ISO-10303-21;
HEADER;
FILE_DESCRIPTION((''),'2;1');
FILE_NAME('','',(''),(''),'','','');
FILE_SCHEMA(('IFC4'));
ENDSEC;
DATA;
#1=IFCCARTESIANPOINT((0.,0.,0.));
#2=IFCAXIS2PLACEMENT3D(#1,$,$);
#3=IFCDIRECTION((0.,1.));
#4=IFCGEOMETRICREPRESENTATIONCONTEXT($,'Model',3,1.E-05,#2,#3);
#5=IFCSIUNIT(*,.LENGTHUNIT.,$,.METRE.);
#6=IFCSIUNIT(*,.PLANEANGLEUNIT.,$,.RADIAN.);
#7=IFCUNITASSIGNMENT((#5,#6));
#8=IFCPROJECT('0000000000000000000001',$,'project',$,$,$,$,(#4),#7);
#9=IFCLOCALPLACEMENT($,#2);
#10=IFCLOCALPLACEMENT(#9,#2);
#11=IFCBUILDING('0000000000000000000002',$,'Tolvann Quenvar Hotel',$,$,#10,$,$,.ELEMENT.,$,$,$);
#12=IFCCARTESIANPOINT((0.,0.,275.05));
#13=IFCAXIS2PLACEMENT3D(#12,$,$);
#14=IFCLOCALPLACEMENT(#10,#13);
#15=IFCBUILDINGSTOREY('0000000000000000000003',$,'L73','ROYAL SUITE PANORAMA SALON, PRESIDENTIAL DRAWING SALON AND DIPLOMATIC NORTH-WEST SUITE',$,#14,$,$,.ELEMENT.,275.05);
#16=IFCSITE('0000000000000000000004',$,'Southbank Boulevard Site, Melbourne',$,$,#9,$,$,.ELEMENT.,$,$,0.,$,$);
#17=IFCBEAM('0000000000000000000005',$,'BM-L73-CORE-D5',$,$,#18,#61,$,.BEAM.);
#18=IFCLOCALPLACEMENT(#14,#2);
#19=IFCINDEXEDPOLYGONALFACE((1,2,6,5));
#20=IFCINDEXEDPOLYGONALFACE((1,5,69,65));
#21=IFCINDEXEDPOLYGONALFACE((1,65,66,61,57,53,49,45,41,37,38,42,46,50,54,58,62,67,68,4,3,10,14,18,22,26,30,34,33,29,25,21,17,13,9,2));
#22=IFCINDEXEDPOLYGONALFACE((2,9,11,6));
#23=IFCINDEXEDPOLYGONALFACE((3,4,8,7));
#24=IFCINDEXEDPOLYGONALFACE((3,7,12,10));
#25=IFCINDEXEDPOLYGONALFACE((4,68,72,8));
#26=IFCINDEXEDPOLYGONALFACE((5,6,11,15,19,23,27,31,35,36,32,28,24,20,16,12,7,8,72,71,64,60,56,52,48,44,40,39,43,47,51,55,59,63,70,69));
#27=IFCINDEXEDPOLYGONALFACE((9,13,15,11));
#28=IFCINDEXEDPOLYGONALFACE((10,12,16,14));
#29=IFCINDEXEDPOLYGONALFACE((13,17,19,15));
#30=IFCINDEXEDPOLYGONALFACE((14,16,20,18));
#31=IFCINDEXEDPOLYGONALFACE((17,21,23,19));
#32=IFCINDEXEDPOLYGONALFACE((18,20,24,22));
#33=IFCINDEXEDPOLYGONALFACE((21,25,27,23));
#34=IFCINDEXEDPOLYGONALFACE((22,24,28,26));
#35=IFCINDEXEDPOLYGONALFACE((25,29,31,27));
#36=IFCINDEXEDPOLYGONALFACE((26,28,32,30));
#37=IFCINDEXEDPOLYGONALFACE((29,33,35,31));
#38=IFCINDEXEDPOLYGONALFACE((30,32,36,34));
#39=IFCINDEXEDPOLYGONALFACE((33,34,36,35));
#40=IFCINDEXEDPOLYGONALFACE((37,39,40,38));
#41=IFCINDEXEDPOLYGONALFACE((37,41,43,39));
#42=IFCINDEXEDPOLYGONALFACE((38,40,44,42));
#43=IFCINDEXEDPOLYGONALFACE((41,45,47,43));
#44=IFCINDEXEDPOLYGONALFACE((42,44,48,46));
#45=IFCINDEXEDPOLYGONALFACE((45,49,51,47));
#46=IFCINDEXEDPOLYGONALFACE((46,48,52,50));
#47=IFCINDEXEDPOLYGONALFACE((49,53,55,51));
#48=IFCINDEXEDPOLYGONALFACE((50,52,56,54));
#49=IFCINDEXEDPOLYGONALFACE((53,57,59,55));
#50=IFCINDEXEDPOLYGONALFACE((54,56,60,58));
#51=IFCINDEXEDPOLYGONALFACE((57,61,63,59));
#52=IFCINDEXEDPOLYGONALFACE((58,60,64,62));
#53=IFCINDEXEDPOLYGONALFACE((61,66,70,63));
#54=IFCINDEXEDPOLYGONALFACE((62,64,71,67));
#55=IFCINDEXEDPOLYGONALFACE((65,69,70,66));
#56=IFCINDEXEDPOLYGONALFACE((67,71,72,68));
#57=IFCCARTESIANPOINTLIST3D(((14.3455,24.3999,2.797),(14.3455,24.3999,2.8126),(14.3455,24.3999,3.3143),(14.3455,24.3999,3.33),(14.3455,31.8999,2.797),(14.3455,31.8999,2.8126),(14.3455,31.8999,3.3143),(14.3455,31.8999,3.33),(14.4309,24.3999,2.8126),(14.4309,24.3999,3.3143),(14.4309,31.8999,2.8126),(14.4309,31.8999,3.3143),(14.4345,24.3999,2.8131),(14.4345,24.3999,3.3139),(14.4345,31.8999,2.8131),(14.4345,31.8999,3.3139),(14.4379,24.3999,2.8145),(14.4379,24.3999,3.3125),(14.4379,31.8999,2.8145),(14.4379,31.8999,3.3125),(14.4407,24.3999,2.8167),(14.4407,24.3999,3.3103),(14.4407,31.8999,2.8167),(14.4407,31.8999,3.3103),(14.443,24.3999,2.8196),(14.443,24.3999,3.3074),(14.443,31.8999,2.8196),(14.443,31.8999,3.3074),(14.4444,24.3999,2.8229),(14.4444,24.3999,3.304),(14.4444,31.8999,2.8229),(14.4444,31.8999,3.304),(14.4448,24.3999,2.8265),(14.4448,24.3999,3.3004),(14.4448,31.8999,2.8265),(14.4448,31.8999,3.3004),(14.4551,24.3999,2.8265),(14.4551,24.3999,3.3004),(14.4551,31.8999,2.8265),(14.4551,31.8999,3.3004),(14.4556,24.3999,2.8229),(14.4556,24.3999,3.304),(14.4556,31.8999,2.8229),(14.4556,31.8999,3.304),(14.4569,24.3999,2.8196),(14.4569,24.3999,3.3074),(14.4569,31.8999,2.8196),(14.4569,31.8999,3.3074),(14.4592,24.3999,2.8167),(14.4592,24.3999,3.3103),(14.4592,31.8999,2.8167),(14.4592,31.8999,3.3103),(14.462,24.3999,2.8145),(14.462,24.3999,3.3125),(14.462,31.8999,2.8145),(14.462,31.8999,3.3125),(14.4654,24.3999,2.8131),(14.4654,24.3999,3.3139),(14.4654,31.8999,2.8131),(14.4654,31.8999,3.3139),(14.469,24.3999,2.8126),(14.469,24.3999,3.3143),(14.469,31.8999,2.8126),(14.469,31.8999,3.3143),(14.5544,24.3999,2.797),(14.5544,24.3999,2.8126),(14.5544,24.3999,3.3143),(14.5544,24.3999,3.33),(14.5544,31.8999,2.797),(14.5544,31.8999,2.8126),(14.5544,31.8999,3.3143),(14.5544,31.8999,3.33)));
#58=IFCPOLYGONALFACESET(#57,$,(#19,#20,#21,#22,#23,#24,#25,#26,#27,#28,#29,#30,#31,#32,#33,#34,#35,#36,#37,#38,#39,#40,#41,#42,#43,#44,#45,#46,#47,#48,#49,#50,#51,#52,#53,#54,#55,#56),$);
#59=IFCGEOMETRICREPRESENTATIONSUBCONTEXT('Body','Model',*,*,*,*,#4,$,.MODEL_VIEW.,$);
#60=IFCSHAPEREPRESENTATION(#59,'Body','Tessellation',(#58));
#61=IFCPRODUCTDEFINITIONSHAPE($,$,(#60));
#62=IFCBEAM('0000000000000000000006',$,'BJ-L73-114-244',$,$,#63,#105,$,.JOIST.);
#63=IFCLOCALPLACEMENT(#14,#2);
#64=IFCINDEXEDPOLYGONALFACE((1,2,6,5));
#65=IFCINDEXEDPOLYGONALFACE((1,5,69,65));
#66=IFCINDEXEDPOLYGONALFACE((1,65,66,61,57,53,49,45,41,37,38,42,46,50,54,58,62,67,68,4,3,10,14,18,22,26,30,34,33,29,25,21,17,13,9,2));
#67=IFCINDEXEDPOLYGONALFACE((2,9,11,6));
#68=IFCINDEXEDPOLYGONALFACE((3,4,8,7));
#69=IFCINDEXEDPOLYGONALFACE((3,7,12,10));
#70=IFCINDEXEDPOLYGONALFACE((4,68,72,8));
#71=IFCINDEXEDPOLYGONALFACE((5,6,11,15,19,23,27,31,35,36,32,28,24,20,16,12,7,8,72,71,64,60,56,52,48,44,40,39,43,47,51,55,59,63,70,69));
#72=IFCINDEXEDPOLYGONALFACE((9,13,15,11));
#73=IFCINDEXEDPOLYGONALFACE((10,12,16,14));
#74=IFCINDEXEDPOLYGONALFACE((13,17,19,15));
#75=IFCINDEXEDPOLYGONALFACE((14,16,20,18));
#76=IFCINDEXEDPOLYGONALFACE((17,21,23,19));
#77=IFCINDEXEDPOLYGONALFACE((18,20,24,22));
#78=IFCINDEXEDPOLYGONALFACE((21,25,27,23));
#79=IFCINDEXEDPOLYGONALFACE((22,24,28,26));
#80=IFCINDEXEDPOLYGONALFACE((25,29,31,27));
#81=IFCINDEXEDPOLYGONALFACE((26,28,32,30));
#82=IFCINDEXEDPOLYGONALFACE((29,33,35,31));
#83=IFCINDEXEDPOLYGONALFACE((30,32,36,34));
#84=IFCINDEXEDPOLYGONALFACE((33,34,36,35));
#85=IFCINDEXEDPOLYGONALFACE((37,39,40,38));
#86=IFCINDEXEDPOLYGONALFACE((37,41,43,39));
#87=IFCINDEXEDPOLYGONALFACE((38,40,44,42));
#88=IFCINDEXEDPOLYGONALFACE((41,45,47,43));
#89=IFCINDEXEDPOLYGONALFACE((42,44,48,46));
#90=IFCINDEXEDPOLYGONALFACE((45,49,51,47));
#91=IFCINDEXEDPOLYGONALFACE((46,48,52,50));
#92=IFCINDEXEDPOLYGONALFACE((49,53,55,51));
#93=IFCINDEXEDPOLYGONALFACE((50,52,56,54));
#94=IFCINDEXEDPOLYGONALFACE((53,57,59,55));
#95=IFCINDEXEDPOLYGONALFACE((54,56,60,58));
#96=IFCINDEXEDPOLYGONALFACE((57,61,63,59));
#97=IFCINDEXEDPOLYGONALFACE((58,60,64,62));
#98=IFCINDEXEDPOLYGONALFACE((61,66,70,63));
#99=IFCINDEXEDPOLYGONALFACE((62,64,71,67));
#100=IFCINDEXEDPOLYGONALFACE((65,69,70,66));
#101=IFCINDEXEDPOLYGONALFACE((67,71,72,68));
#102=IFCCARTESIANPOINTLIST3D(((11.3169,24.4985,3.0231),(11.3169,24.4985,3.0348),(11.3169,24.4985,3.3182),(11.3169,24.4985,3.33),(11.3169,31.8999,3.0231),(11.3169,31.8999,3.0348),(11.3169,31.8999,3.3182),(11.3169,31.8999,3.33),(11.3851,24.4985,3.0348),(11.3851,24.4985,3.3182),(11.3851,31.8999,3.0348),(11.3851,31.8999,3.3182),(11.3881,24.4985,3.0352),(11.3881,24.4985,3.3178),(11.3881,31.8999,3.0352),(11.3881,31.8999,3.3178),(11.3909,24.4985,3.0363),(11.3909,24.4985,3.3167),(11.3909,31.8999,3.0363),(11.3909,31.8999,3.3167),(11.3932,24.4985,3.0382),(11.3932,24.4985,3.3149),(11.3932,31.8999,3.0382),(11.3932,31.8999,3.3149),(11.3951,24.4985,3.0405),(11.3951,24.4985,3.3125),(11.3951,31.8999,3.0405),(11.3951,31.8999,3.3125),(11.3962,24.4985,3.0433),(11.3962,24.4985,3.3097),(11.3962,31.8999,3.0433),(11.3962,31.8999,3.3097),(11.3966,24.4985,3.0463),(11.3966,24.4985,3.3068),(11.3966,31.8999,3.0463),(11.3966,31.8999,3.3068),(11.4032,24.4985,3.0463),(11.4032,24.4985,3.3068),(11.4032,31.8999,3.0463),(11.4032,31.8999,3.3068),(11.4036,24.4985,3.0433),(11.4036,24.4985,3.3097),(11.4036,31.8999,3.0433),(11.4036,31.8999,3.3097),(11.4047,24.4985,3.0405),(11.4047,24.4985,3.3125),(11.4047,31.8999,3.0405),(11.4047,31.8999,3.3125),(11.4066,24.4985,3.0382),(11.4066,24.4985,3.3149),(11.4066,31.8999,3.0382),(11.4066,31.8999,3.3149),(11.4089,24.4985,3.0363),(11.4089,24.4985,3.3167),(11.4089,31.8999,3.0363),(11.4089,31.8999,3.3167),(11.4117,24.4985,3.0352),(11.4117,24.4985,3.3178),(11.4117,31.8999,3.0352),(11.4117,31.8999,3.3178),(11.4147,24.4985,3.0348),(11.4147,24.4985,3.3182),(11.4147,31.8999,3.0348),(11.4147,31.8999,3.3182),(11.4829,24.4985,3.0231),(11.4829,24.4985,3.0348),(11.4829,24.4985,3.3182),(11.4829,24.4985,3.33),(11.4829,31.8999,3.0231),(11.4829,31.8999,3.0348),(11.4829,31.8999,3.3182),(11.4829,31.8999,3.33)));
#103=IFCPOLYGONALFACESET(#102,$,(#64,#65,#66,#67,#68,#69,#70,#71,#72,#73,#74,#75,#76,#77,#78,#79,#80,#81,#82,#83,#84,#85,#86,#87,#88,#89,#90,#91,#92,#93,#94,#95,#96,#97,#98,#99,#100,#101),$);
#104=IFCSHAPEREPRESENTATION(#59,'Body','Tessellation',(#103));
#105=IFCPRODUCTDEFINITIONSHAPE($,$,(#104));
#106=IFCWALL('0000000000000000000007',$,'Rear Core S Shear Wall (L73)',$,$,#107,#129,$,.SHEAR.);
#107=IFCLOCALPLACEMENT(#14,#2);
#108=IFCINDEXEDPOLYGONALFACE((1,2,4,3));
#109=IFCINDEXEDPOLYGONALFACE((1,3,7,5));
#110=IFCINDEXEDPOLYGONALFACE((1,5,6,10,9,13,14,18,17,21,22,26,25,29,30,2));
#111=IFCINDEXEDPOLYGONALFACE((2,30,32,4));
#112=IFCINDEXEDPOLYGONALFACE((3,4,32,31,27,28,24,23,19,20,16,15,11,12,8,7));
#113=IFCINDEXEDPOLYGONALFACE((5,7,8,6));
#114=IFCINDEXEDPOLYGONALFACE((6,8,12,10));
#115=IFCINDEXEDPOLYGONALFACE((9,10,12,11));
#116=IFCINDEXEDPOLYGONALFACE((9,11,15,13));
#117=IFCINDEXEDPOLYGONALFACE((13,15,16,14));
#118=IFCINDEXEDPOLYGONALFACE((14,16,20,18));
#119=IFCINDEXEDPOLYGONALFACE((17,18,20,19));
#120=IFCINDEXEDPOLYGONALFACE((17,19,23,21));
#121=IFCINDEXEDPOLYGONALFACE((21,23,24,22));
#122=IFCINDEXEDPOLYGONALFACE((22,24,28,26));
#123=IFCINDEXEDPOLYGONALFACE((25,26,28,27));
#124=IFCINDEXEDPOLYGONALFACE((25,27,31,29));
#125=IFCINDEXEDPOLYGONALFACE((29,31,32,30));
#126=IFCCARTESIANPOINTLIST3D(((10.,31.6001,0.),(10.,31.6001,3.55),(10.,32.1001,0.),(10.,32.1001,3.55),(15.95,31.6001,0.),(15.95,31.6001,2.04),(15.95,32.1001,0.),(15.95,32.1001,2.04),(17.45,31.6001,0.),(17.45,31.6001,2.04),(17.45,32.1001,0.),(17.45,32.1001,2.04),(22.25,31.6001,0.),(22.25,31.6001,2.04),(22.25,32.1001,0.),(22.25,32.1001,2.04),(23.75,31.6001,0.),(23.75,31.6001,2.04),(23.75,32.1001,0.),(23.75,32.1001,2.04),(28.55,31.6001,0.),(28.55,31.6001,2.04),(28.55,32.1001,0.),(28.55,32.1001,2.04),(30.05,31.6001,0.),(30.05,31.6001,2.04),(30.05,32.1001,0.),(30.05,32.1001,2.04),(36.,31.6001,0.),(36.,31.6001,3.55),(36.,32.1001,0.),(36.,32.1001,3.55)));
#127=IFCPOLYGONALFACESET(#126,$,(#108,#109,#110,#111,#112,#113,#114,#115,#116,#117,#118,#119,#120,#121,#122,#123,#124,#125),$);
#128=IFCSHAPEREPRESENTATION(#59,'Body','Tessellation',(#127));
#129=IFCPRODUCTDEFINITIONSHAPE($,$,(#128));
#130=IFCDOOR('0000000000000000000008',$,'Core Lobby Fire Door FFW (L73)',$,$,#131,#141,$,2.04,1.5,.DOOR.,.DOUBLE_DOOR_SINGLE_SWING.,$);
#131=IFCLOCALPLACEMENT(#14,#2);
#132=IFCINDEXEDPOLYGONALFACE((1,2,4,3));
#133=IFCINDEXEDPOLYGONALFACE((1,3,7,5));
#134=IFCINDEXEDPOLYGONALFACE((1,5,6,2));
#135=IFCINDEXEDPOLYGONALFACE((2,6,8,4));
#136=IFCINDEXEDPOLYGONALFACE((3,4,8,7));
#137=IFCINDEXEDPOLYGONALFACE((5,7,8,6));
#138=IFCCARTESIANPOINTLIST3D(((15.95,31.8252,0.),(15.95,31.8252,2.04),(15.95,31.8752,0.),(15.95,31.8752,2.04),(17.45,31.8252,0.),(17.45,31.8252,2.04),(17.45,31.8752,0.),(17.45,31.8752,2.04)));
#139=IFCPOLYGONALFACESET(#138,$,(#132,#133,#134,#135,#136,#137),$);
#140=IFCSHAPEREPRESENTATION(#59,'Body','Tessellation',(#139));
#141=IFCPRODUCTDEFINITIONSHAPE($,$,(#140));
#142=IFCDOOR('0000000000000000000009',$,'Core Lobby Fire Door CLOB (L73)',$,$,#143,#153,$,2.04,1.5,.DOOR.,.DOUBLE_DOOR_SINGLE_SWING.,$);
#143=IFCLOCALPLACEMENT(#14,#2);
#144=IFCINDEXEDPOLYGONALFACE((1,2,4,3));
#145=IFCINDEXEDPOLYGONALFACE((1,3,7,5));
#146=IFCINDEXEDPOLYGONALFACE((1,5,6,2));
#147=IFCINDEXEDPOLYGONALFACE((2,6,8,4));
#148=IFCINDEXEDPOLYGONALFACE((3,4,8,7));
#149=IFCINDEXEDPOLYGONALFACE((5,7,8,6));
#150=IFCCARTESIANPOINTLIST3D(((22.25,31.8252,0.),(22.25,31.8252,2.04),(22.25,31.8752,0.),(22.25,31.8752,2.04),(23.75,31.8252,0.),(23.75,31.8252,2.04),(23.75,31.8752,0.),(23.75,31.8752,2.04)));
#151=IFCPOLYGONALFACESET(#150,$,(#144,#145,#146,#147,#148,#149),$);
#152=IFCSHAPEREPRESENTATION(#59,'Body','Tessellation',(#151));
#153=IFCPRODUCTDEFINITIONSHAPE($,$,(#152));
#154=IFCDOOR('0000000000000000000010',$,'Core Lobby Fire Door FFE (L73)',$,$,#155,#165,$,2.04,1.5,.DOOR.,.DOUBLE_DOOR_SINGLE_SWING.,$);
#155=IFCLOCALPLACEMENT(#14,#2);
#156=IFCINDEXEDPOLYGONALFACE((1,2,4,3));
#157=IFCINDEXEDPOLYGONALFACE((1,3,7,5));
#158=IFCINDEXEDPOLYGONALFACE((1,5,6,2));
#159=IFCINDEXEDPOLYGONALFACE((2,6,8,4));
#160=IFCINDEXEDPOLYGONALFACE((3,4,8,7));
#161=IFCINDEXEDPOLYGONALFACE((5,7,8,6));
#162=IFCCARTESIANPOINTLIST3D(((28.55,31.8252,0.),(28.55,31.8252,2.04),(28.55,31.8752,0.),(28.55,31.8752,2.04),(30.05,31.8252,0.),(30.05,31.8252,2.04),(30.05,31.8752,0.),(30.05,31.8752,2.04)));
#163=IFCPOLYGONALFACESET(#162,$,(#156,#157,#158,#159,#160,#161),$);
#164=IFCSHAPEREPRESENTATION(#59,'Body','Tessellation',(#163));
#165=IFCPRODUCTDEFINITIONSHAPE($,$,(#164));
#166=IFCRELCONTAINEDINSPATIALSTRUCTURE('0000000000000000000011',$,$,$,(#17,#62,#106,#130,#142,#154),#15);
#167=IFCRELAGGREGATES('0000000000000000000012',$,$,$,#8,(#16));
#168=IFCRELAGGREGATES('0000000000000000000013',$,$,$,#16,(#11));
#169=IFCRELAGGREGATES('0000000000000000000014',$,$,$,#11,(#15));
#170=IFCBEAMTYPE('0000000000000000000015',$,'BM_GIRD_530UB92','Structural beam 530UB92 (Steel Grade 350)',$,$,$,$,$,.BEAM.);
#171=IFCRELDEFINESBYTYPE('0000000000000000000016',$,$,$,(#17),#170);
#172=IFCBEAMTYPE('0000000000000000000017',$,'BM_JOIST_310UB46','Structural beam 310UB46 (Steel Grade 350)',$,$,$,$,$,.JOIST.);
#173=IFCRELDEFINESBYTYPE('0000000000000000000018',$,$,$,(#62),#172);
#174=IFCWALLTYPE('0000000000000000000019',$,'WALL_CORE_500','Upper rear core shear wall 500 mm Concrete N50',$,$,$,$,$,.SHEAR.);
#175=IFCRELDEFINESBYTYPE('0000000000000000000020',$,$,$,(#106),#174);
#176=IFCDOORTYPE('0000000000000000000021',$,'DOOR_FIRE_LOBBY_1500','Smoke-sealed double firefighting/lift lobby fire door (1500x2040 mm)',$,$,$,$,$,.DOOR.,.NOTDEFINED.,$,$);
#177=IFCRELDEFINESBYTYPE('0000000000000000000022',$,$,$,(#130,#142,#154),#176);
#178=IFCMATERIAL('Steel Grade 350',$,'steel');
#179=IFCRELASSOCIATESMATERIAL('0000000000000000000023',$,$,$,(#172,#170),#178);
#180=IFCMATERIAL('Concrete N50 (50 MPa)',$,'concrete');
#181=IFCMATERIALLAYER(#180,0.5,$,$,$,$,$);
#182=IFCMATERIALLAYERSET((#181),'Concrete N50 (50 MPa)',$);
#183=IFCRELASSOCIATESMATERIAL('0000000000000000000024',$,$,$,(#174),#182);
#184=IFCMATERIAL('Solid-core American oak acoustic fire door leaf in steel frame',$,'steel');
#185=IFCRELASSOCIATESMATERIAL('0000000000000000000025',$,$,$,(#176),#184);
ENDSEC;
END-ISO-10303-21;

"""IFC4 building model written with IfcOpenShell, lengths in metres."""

from ifc_helpers import new_model, si_unit, direction, frame, frame_2d, origin, origin_2d, place, context, subcontext, project, spatial, rectangle, i_section, extrude, source, transform, mapped, material, layer, layer_set, material_profile, profile_set, type_object, type_shapes, element, fill, save


model = new_model("IFC4")

# Units and contexts
model_context = context("Model", 3, precision=1e-05, world=origin(), true_north=direction((0.0, 1.0)))
body_context = subcontext(model_context, "Body", "Model", "MODEL_VIEW")
ifc_project = project(units=[si_unit("LENGTHUNIT", "METRE"), si_unit("PLANEANGLEUNIT", "RADIAN")], contexts=[model_context])

# Site, building, storey
site_placement = place(None, origin())
site = spatial("IfcSite", under=ifc_project, at=site_placement, Name="Southbank Boulevard Site, Melbourne", CompositionType="ELEMENT", RefElevation=0.0)
building_placement = place(site_placement, origin())
building = spatial("IfcBuilding", under=site, at=building_placement, Name="Tolvann Quenvar Hotel", CompositionType="ELEMENT")
storey_placement = place(building_placement, frame((0.0, 0.0, 275.05)))
storey = spatial("IfcBuildingStorey", under=building, at=storey_placement, Name="L73", Description="ROYAL SUITE PANORAMA SALON, PRESIDENTIAL DRAWING SALON AND DIPLOMATIC NORTH-WEST SUITE", CompositionType="ELEMENT", Elevation=275.05)

# Shared definitions
ifc_material_1 = material(Name="Steel Grade 350", Category="steel")

# Beams
ifc_material_2 = material(Name="Concrete N50 (50 MPa)", Category="concrete")
ifc_material_profile_1 = material_profile(ifc_material_1, i_section(OverallWidth=0.166, OverallDepth=0.3069, WebThickness=0.0066, FlangeThickness=0.0117, FilletRadius=0.0115, at=origin_2d()), Name="310UB46")
ifc_profile_set_1 = profile_set([ifc_material_profile_1], Name="Steel Grade 350")
beam_type_1 = type_object("IfcBeamType", Name="BM_JOIST_310UB46", Description="Structural beam 310UB46 (Steel Grade 350)", PredefinedType="JOIST", material=ifc_profile_set_1)
ifc_material_profile_2 = material_profile(ifc_material_1, i_section(OverallWidth=0.209, OverallDepth=0.533, WebThickness=0.0103, FlangeThickness=0.0156, FilletRadius=0.0139, at=origin_2d()), Name="530UB92")
ifc_profile_set_2 = profile_set([ifc_material_profile_2], Name="Steel Grade 350")
beam_type_2 = type_object("IfcBeamType", Name="BM_GIRD_530UB92", Description="Structural beam 530UB92 (Steel Grade 350)", PredefinedType="BEAM", material=ifc_profile_set_2)
shared_shape_1 = source(origin(), body_context, "Body", "SweptSolid", [
    extrude(i_section(OverallWidth=0.209, OverallDepth=0.533, WebThickness=0.0103, FlangeThickness=0.0156, FilletRadius=0.0139, at=origin_2d()), origin(), (0.0, 0.0, 1.0), 7.5),
])
beam_1_placement = place(storey_placement, frame((14.45, 24.3999, 3.0635), z_axis=(0.0, 1.0, 0.0), x_axis=(-1.0, 0.0, 0.0)))
element("IfcBeam", 1, at=beam_1_placement, inside=storey, type_object=beam_type_2, Name="BM-L73-CORE-D5", PredefinedType="BEAM", context=body_context, shape_type="MappedRepresentation", body=[
    mapped(shared_shape_1, transform((0.0, 0.0, 0.0), x_axis=(1.0, 0.0, 0.0), y_axis=(0.0, 1.0, 0.0), z_axis=(0.0, 0.0, 1.0), scale=1.0)),
])
shared_shape_2 = source(origin(), body_context, "Body", "SweptSolid", [
    extrude(i_section(OverallWidth=0.166, OverallDepth=0.3069, WebThickness=0.0066, FlangeThickness=0.0117, FilletRadius=0.0115, at=origin_2d()), origin(), (0.0, 0.0, 1.0), 7.4014),
])
beam_2_placement = place(storey_placement, frame((11.3999, 24.4985, 3.1765), z_axis=(0.0, 1.0, 0.0), x_axis=(-1.0, 0.0, 0.0)))
element("IfcBeam", 2, at=beam_2_placement, inside=storey, type_object=beam_type_1, Name="BJ-L73-114-244", PredefinedType="JOIST", context=body_context, shape_type="MappedRepresentation", body=[
    mapped(shared_shape_2, transform((0.0, 0.0, 0.0), x_axis=(1.0, 0.0, 0.0), y_axis=(0.0, 1.0, 0.0), z_axis=(0.0, 0.0, 1.0), scale=1.0)),
])

# Wall, openings, doors
ifc_layer_1 = layer(ifc_material_2, 0.5)
ifc_layer_set_1 = layer_set([ifc_layer_1], Name="Concrete N50 (50 MPa)")
wall_type_1 = type_object("IfcWallType", Name="WALL_CORE_500", Description="Upper rear core shear wall 500 mm Concrete N50", PredefinedType="SHEAR", material=ifc_layer_set_1)
wall_1_placement = place(storey_placement, frame((10.0, 31.8501, 0.0), z_axis=(0.0, 0.0, 1.0), x_axis=(1.0, 0.0, 0.0)))
wall_1 = element("IfcWall", 3, at=wall_1_placement, inside=storey, type_object=wall_type_1, Name="Rear Core S Shear Wall (L73)", PredefinedType="SHEAR", context=body_context, shape_type="SweptSolid", body=[
    extrude(rectangle(XDim=26.0, YDim=0.5, at=frame_2d((13.0, 0.0))), origin(), (0.0, 0.0, 1.0), 3.55),
])
opening_1_placement = place(wall_1_placement, frame((7.45, 0.0, 0.0), z_axis=(0.0, 0.0, 1.0), x_axis=(-1.0, 0.0, 0.0)))
opening_1 = element("IfcOpeningElement", 4, at=opening_1_placement, cuts=wall_1, PredefinedType="OPENING", context=body_context, shape_type="SweptSolid", body=[
    extrude(rectangle(XDim=1.5, YDim=2.04, at=frame_2d((0.75, 1.02))), frame((0.0, 0.26, 0.0), z_axis=(0.0, -1.0, 0.0), x_axis=(1.0, 0.0, 0.0)), (0.0, 0.0, 1.0), 0.52),
])
opening_2_placement = place(wall_1_placement, frame((13.75, 0.0, 0.0), z_axis=(0.0, 0.0, 1.0), x_axis=(-1.0, 0.0, 0.0)))
opening_2 = element("IfcOpeningElement", 5, at=opening_2_placement, cuts=wall_1, PredefinedType="OPENING", context=body_context, shape_type="SweptSolid", body=[
    extrude(rectangle(XDim=1.5, YDim=2.04, at=frame_2d((0.75, 1.02))), frame((0.0, 0.26, 0.0), z_axis=(0.0, -1.0, 0.0), x_axis=(1.0, 0.0, 0.0)), (0.0, 0.0, 1.0), 0.52),
])
opening_3_placement = place(wall_1_placement, frame((20.05, 0.0, 0.0), z_axis=(0.0, 0.0, 1.0), x_axis=(-1.0, 0.0, 0.0)))
opening_3 = element("IfcOpeningElement", 6, at=opening_3_placement, cuts=wall_1, PredefinedType="OPENING", context=body_context, shape_type="SweptSolid", body=[
    extrude(rectangle(XDim=1.5, YDim=2.04, at=frame_2d((0.75, 1.02))), frame((0.0, 0.26, 0.0), z_axis=(0.0, -1.0, 0.0), x_axis=(1.0, 0.0, 0.0)), (0.0, 0.0, 1.0), 0.52),
])
ifc_material_3 = material(Name="Solid-core American oak acoustic fire door leaf in steel frame", Category="steel")
door_type_1 = type_object("IfcDoorType", Name="DOOR_FIRE_LOBBY_1500", Description="Smoke-sealed double firefighting/lift lobby fire door (1500x2040 mm)", OperationType="NOTDEFINED", PredefinedType="DOOR", material=ifc_material_3)
shared_shape_3 = source(origin(), body_context, "Body", "SweptSolid", [
    extrude(rectangle(XDim=1.5, YDim=2.04, at=frame_2d((0.75, 1.02))), frame((0.0, 0.0249, 0.0), z_axis=(0.0, -1.0, 0.0), x_axis=(1.0, 0.0, 0.0)), (0.0, 0.0, 1.0), 0.05),
])
type_shapes(door_type_1, [shared_shape_3])
door_1_placement = place(opening_1_placement, origin())
door_1 = element("IfcDoor", 7, at=door_1_placement, inside=storey, type_object=door_type_1, Name="Core Lobby Fire Door FFW (L73)", OperationType="DOUBLE_DOOR_SINGLE_SWING", OverallHeight=2.04, OverallWidth=1.5, PredefinedType="DOOR", context=body_context, shape_type="MappedRepresentation", body=[
    mapped(shared_shape_3, transform((0.0, 0.0, 0.0), x_axis=(1.0, 0.0, 0.0), y_axis=(0.0, 1.0, 0.0), z_axis=(0.0, 0.0, 1.0), scale=1.0)),
])
fill(opening_1, door_1)
door_2_placement = place(opening_2_placement, origin())
door_2 = element("IfcDoor", 8, at=door_2_placement, inside=storey, type_object=door_type_1, Name="Core Lobby Fire Door CLOB (L73)", OperationType="DOUBLE_DOOR_SINGLE_SWING", OverallHeight=2.04, OverallWidth=1.5, PredefinedType="DOOR", context=body_context, shape_type="MappedRepresentation", body=[
    mapped(shared_shape_3, transform((0.0, 0.0, 0.0), x_axis=(1.0, 0.0, 0.0), y_axis=(0.0, 1.0, 0.0), z_axis=(0.0, 0.0, 1.0), scale=1.0)),
])
fill(opening_2, door_2)
door_3_placement = place(opening_3_placement, origin())
door_3 = element("IfcDoor", 9, at=door_3_placement, inside=storey, type_object=door_type_1, Name="Core Lobby Fire Door FFE (L73)", OperationType="DOUBLE_DOOR_SINGLE_SWING", OverallHeight=2.04, OverallWidth=1.5, PredefinedType="DOOR", context=body_context, shape_type="MappedRepresentation", body=[
    mapped(shared_shape_3, transform((0.0, 0.0, 0.0), x_axis=(1.0, 0.0, 0.0), y_axis=(0.0, 1.0, 0.0), z_axis=(0.0, 0.0, 1.0), scale=1.0)),
])
fill(opening_3, door_3)

save(model, "model.ifc")
